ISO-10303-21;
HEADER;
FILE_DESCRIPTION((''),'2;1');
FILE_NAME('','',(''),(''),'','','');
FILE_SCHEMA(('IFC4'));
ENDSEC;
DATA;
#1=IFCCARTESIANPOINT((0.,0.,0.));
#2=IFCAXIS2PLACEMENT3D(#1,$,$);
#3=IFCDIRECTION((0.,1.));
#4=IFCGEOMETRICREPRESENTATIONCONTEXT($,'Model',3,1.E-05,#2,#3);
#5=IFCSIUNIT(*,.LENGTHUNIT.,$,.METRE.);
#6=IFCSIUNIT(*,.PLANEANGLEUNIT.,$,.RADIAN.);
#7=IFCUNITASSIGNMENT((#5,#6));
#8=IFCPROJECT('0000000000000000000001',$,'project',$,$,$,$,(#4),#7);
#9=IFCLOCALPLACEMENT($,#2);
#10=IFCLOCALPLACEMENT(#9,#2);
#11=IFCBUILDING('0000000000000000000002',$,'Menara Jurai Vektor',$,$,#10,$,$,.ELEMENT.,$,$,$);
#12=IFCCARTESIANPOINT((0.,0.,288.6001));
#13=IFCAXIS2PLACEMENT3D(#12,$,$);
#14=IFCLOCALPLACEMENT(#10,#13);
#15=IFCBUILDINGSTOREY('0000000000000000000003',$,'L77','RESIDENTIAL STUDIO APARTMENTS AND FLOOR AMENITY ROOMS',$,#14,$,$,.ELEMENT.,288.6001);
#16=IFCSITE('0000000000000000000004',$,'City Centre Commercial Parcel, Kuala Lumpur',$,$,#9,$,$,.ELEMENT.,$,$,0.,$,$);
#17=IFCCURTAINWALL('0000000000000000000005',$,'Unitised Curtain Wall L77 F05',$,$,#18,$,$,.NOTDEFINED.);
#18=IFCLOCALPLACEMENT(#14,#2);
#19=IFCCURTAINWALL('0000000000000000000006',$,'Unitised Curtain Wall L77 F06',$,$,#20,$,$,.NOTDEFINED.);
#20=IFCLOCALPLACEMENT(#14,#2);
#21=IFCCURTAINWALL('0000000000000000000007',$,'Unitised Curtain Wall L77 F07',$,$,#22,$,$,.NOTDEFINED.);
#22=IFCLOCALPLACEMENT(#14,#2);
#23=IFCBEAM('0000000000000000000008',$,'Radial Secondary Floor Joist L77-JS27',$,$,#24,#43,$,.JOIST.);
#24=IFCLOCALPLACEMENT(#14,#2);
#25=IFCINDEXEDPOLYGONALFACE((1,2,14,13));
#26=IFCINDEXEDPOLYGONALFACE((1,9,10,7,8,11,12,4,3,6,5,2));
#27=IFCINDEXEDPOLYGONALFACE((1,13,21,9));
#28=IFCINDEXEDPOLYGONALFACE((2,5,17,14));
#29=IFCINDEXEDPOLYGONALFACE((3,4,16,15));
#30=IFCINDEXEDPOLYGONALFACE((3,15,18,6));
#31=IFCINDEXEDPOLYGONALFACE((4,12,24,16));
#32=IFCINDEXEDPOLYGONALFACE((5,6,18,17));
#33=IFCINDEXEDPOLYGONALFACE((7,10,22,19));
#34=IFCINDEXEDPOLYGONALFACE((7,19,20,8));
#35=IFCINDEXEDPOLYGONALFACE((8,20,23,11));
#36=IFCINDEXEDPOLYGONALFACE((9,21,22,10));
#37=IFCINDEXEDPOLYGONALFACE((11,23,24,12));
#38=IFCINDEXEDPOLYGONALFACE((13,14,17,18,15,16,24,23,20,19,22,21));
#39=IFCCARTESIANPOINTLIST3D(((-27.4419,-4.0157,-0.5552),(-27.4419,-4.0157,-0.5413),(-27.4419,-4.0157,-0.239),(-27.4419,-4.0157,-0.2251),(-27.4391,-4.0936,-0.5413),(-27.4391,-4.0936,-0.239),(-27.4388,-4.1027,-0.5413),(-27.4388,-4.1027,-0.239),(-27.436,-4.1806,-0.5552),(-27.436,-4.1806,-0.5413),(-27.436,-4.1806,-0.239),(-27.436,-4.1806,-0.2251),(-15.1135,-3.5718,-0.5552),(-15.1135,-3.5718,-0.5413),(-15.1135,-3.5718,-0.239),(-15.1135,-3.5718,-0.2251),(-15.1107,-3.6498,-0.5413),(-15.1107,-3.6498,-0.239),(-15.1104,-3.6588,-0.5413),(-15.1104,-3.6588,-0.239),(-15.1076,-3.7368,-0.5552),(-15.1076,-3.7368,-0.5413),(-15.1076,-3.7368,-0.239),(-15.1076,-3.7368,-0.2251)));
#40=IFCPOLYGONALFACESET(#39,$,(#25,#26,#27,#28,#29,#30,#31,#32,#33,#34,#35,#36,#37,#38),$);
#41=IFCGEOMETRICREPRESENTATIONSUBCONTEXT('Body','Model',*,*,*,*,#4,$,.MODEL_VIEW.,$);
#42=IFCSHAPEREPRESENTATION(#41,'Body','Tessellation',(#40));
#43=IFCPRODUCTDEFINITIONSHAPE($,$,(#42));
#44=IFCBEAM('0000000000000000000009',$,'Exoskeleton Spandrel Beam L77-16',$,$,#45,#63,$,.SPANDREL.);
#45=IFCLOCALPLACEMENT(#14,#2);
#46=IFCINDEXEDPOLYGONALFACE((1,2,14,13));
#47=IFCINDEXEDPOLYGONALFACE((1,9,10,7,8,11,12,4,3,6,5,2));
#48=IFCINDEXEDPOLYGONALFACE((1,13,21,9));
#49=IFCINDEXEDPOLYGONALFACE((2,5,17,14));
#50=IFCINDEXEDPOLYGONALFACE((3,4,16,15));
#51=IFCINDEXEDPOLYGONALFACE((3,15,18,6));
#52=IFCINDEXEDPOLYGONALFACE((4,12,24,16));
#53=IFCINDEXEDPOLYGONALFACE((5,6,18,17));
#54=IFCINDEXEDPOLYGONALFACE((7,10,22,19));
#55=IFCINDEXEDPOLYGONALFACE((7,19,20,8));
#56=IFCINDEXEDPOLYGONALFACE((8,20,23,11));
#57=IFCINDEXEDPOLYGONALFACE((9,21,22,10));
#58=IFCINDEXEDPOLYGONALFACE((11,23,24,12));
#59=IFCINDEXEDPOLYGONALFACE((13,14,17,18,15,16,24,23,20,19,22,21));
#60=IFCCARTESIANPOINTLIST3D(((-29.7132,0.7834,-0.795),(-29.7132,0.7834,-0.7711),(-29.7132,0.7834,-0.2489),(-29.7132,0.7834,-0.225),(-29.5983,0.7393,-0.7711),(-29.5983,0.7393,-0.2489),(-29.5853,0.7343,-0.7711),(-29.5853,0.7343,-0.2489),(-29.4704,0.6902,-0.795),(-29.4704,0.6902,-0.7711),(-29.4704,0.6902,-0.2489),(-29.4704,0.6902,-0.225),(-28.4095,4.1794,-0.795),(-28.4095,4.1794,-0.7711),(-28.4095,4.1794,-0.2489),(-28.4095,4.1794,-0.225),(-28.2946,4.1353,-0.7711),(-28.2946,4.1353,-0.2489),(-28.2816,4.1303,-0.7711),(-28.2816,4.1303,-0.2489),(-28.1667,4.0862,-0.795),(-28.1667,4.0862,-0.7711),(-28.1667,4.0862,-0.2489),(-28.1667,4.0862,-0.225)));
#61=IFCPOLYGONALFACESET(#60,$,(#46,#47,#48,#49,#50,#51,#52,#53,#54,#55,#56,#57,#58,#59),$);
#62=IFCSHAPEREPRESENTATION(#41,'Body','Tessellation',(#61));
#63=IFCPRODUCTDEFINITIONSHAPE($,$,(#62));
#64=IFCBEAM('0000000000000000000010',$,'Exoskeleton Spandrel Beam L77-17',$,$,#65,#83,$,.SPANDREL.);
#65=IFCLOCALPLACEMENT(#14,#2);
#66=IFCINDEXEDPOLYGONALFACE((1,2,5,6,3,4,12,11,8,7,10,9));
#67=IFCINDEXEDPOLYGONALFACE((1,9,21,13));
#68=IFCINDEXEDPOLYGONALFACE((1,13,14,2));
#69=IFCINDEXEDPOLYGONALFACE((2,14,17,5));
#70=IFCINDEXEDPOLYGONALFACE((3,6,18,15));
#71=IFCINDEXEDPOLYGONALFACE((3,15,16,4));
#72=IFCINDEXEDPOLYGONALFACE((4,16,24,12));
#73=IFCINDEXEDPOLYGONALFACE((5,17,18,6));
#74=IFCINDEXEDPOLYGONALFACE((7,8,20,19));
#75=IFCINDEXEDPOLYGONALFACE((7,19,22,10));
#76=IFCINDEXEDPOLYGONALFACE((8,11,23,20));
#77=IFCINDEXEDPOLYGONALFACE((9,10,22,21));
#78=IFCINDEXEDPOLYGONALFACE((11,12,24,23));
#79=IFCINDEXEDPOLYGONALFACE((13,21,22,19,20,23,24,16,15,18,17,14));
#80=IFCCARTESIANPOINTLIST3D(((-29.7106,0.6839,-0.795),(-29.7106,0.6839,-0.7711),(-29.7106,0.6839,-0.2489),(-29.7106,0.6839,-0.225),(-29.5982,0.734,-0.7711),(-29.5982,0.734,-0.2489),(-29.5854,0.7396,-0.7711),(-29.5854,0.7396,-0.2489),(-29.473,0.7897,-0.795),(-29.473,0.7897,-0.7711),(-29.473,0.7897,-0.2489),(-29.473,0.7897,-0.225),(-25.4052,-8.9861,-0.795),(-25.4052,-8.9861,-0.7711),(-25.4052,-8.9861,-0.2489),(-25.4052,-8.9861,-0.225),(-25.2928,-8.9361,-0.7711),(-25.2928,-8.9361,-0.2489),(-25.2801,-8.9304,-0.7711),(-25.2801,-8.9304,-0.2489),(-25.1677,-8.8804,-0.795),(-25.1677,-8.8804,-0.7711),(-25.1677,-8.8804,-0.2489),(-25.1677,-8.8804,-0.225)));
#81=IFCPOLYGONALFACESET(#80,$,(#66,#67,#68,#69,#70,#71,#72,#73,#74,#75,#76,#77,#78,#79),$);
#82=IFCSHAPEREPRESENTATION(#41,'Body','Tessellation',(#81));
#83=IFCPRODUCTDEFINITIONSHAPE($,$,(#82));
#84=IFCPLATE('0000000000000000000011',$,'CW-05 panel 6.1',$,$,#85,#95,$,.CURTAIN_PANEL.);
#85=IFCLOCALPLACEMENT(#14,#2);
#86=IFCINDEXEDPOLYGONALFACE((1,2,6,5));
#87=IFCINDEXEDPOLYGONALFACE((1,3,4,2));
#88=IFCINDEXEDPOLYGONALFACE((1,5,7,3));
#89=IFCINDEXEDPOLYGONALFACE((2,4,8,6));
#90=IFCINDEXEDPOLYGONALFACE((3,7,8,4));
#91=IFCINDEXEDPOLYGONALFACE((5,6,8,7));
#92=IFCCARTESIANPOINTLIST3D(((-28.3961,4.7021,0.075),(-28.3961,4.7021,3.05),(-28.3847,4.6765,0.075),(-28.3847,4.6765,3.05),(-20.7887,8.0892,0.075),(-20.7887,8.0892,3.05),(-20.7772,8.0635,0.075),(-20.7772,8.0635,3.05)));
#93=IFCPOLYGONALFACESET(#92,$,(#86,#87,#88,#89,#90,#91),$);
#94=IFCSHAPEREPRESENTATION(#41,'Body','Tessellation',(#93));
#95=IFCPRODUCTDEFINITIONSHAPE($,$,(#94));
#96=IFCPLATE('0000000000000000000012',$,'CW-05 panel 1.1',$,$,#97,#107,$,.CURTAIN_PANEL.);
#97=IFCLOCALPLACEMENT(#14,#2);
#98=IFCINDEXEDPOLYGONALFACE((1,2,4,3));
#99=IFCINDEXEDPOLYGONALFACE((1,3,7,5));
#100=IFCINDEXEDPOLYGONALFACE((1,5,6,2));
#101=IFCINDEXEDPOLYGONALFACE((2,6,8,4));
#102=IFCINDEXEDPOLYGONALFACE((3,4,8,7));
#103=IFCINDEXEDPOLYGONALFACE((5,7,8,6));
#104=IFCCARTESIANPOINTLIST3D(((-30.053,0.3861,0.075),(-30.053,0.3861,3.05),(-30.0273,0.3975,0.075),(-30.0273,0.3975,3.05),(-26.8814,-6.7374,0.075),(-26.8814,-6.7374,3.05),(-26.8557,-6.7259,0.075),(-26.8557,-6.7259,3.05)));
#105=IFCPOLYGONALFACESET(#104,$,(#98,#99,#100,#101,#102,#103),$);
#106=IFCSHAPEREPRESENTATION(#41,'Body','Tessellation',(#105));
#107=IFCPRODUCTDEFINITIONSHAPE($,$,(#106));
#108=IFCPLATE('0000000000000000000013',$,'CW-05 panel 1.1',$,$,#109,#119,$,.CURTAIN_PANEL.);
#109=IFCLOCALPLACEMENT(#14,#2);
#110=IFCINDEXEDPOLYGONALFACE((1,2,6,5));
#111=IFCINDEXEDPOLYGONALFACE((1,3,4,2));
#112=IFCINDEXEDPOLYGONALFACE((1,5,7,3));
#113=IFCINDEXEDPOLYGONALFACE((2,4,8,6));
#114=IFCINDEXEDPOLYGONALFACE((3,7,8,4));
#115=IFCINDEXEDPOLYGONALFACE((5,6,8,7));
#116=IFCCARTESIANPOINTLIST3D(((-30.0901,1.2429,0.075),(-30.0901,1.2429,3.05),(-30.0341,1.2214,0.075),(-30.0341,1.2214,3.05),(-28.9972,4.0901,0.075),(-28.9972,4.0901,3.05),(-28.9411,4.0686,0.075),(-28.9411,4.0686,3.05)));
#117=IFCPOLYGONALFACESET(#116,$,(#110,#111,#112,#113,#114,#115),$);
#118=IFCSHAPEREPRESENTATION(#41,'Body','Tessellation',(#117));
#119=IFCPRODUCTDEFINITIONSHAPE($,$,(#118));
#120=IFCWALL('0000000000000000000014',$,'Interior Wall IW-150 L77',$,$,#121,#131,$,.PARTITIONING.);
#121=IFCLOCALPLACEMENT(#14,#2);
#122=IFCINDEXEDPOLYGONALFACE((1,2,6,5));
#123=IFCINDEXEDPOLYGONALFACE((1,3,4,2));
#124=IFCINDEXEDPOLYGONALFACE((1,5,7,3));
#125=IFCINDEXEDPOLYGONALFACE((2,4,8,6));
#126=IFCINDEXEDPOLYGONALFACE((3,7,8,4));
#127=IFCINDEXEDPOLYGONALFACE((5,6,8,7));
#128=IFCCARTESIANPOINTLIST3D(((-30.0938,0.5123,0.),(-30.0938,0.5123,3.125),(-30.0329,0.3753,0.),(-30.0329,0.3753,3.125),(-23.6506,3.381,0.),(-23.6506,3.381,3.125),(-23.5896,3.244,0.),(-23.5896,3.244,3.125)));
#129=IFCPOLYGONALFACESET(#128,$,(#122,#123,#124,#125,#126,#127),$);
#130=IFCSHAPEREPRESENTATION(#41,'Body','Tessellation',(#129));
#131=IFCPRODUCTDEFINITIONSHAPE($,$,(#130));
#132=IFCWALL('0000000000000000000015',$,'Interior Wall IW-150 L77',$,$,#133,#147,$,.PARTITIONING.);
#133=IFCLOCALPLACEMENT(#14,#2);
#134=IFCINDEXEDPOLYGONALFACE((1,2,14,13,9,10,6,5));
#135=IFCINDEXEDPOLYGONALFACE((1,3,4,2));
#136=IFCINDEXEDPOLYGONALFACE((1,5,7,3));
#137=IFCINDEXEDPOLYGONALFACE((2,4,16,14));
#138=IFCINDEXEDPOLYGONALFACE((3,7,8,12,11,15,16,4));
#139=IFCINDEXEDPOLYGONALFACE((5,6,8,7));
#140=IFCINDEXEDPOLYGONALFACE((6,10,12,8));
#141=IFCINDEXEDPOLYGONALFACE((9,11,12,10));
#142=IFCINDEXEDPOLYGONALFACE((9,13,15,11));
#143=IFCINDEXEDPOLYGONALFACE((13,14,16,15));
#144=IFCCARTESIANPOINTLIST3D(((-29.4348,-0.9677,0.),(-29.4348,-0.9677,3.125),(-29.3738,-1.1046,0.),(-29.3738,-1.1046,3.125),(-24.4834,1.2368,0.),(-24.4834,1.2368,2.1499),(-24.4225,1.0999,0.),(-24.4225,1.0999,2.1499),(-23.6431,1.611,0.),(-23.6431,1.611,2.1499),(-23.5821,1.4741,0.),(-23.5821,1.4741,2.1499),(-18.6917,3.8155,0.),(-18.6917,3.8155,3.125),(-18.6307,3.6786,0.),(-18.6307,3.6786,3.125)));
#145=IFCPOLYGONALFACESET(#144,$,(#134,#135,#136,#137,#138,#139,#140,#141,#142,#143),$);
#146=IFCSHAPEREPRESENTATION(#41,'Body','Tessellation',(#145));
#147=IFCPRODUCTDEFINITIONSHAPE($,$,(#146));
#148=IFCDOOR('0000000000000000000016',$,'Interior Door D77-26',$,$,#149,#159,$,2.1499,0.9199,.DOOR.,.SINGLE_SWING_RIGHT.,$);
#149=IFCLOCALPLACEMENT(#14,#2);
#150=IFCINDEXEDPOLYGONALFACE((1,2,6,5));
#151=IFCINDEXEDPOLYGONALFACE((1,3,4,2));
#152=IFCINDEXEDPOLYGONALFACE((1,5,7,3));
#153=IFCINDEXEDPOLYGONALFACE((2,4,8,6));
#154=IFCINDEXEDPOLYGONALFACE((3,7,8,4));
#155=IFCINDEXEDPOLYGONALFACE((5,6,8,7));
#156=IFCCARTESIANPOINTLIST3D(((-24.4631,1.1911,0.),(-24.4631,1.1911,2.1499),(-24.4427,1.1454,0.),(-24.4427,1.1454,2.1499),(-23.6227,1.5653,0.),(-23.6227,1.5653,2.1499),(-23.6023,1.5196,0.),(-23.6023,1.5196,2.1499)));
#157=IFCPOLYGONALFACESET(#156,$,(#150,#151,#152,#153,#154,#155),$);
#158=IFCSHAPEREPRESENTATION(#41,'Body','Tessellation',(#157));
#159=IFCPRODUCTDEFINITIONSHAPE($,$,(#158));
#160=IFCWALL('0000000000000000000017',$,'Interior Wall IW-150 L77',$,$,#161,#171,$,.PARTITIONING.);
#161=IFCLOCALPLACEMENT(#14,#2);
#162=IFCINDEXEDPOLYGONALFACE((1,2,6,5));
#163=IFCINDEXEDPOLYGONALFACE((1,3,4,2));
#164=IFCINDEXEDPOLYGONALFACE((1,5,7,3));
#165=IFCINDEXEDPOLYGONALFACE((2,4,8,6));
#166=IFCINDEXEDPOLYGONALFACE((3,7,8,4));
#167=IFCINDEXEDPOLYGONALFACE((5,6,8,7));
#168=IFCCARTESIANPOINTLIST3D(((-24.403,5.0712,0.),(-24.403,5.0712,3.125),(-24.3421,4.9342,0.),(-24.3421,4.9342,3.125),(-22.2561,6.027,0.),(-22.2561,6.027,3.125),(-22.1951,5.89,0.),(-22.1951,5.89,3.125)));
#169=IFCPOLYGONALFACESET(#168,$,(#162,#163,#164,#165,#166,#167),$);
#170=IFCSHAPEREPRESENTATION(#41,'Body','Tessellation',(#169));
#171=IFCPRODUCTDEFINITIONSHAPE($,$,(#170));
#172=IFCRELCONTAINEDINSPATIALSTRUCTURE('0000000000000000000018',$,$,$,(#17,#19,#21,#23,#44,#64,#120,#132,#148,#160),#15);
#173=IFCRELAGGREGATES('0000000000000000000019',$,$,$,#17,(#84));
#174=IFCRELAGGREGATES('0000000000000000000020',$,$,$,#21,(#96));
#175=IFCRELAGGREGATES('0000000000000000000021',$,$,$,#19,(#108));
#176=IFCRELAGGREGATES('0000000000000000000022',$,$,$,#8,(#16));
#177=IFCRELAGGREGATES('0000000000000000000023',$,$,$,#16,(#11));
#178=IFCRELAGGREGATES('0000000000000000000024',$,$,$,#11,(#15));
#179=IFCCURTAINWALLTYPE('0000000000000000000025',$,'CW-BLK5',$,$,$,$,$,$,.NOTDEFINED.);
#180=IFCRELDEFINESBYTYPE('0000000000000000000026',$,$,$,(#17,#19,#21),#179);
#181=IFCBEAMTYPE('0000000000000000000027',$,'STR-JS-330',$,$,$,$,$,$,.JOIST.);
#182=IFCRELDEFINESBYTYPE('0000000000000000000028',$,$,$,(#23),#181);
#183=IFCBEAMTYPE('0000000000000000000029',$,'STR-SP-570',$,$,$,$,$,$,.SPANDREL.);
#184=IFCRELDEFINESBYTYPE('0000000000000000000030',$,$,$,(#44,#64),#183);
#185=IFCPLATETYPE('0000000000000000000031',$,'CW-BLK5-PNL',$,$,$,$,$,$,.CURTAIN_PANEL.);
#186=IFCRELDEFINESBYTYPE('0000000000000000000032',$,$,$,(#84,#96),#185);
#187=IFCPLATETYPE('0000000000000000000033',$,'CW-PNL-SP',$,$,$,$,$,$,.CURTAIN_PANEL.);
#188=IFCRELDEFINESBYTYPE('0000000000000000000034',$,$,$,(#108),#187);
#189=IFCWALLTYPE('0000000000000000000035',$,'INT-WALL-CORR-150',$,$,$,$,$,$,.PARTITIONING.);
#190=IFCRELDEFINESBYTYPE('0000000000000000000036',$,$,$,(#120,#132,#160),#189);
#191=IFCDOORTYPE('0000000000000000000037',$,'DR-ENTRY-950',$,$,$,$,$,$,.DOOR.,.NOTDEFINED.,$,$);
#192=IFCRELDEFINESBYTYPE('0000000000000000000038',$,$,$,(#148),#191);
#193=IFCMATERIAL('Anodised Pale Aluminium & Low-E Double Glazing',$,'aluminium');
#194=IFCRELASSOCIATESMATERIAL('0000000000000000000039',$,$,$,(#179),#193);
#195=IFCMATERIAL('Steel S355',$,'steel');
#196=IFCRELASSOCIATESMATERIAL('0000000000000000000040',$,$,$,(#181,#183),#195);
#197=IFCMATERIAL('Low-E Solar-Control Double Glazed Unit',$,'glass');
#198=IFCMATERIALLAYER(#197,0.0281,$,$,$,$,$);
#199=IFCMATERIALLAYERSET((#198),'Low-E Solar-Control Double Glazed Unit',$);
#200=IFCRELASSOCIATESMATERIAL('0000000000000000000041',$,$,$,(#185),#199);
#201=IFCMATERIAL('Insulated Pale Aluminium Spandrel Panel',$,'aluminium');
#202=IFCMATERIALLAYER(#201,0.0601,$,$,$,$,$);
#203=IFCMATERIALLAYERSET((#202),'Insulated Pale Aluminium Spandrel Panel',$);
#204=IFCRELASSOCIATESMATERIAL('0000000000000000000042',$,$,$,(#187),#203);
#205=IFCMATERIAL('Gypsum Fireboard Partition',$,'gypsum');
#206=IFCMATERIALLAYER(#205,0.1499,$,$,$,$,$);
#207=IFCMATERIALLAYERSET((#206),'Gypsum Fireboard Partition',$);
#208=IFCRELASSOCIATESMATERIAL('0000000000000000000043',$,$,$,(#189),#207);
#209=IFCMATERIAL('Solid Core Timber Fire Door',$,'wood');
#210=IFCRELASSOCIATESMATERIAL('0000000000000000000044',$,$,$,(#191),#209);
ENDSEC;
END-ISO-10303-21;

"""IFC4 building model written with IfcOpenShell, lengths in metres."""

from ifc_helpers import new_model, si_unit, direction, frame, frame_2d, origin, origin_2d, place, context, subcontext, project, spatial, rectangle, i_section, extrude, material, layer, layer_set, material_profile, profile_set, type_object, element, fill, aggregate, save


model = new_model("IFC4")

# Units and contexts
model_context = context("Model", 3, precision=1e-05, world=origin(), true_north=direction((0.0, 1.0)))
body_context = subcontext(model_context, "Body", "Model", "MODEL_VIEW")
ifc_project = project(units=[si_unit("LENGTHUNIT", "METRE"), si_unit("PLANEANGLEUNIT", "RADIAN")], contexts=[model_context])

# Site, building, storey
site_placement = place(None, origin())
site = spatial("IfcSite", under=ifc_project, at=site_placement, Name="City Centre Commercial Parcel, Kuala Lumpur", CompositionType="ELEMENT", RefElevation=0.0)
building_placement = place(site_placement, origin())
building = spatial("IfcBuilding", under=site, at=building_placement, Name="Menara Jurai Vektor", CompositionType="ELEMENT")
storey_placement = place(building_placement, frame((0.0, 0.0, 288.6001)))
storey = spatial("IfcBuildingStorey", under=building, at=storey_placement, Name="L77", Description="RESIDENTIAL STUDIO APARTMENTS AND FLOOR AMENITY ROOMS", CompositionType="ELEMENT", Elevation=288.6001)

# Curtain wall
ifc_material_1 = material(Name="Anodised Pale Aluminium & Low-E Double Glazing", Category="aluminium")
curtain_wall_type = type_object("IfcCurtainWallType", Name="CW-BLK5", PredefinedType="NOTDEFINED", material=ifc_material_1)
curtain_wall_1_placement = place(storey_placement, origin())
curtain_wall_1 = element("IfcCurtainWall", 1, at=curtain_wall_1_placement, inside=storey, type_object=curtain_wall_type, Name="Unitised Curtain Wall L77 F05", PredefinedType="NOTDEFINED")

# Curtain wall
curtain_wall_2_placement = place(storey_placement, origin())
curtain_wall_2 = element("IfcCurtainWall", 2, at=curtain_wall_2_placement, inside=storey, type_object=curtain_wall_type, Name="Unitised Curtain Wall L77 F06", PredefinedType="NOTDEFINED")

# Curtain wall
curtain_wall_3_placement = place(storey_placement, origin())
curtain_wall_3 = element("IfcCurtainWall", 3, at=curtain_wall_3_placement, inside=storey, type_object=curtain_wall_type, Name="Unitised Curtain Wall L77 F07", PredefinedType="NOTDEFINED")

# Shared definitions
ifc_material_2 = material(Name="Steel S355", Category="steel")

# Beams
ifc_material_profile_1 = material_profile(ifc_material_2, i_section(OverallWidth=0.165, OverallDepth=0.3301, WebThickness=0.009, FlangeThickness=0.0139, at=origin_2d()), Name="PG 330x165x46")
ifc_profile_set_1 = profile_set([ifc_material_profile_1], Name="Steel S355")
beam_type_1 = type_object("IfcBeamType", Name="STR-JS-330", PredefinedType="JOIST", material=ifc_profile_set_1)
beam_1_placement = place(storey_placement, frame((-27.439, -4.0981, -0.3901), z_axis=(0.999353, 0.035979, 0.0), x_axis=(-0.035979, 0.999353, 0.0)))
element("IfcBeam", 4, at=beam_1_placement, inside=storey, type_object=beam_type_1, Name="Radial Secondary Floor Joist L77-JS27", PredefinedType="JOIST", context=body_context, shape_type="SweptSolid", body=[
    extrude(i_section(OverallWidth=0.165, OverallDepth=0.3301, WebThickness=0.009, FlangeThickness=0.0139, at=origin_2d()), origin(), (0.0, 0.0, 1.0), 12.3364),
])
ifc_material_profile_2 = material_profile(ifc_material_2, i_section(OverallWidth=0.26, OverallDepth=0.5701, WebThickness=0.0139, FlangeThickness=0.0239, at=origin_2d()), Name="PG 570x260x145")
ifc_profile_set_2 = profile_set([ifc_material_profile_2], Name="Steel S355")
beam_type_2 = type_object("IfcBeamType", Name="STR-SP-570", PredefinedType="SPANDREL", material=ifc_profile_set_2)
beam_2_placement = place(storey_placement, frame((-28.2881, 4.1328, -0.51), z_axis=(-0.358394, -0.93357, 0.0), x_axis=(0.93357, -0.358394, 0.0)))
element("IfcBeam", 5, at=beam_2_placement, inside=storey, type_object=beam_type_2, Name="Exoskeleton Spandrel Beam L77-16", PredefinedType="SPANDREL", context=body_context, shape_type="SweptSolid", body=[
    extrude(i_section(OverallWidth=0.26, OverallDepth=0.5701, WebThickness=0.0139, FlangeThickness=0.0239, at=origin_2d()), origin(), (0.0, 0.0, 1.0), 3.6377),
])
beam_3_placement = place(storey_placement, frame((-29.5918, 0.7368, -0.51), z_axis=(0.406735, -0.913546, 0.0), x_axis=(0.913546, 0.406735, 0.0)))
element("IfcBeam", 6, at=beam_3_placement, inside=storey, type_object=beam_type_2, Name="Exoskeleton Spandrel Beam L77-17", PredefinedType="SPANDREL", context=body_context, shape_type="SweptSolid", body=[
    extrude(i_section(OverallWidth=0.26, OverallDepth=0.5701, WebThickness=0.0139, FlangeThickness=0.0239, at=origin_2d()), origin(), (0.0, 0.0, 1.0), 10.5852),
])

# Plates
ifc_material_3 = material(Name="Low-E Solar-Control Double Glazed Unit", Category="glass")
ifc_layer_1 = layer(ifc_material_3, 0.0281)
ifc_layer_set_1 = layer_set([ifc_layer_1], Name="Low-E Solar-Control Double Glazed Unit")
plate_type_1 = type_object("IfcPlateType", Name="CW-BLK5-PNL", PredefinedType="CURTAIN_PANEL", material=ifc_layer_set_1)
plate_1_placement = place(storey_placement, frame((-24.5867, 6.3828, 0.075), z_axis=(0.0, 0.0, 1.0), x_axis=(-0.913546, -0.406735, 0.0)))
plate_1 = element("IfcPlate", 7, at=plate_1_placement, type_object=plate_type_1, Name="CW-05 panel 6.1", PredefinedType="CURTAIN_PANEL", context=body_context, shape_type="SweptSolid", body=[
    extrude(rectangle(XDim=8.3274, YDim=0.0281, at=origin_2d()), origin(), (0.0, 0.0, 1.0), 2.9751),
])
aggregate(curtain_wall_1, [plate_1])
plate_2_placement = place(storey_placement, frame((-28.4543, -3.1699, 0.075), z_axis=(0.0, 0.0, 1.0), x_axis=(0.406735, -0.913546, 0.0)))
plate_2 = element("IfcPlate", 8, at=plate_2_placement, type_object=plate_type_1, Name="CW-05 panel 1.1", PredefinedType="CURTAIN_PANEL", context=body_context, shape_type="SweptSolid", body=[
    extrude(rectangle(XDim=7.7976, YDim=0.0281, at=origin_2d()), origin(), (0.0, 0.0, 1.0), 2.9751),
])
aggregate(curtain_wall_3, [plate_2])
ifc_material_4 = material(Name="Insulated Pale Aluminium Spandrel Panel", Category="aluminium")
ifc_layer_2 = layer(ifc_material_4, 0.0601)
ifc_layer_set_2 = layer_set([ifc_layer_2], Name="Insulated Pale Aluminium Spandrel Panel")
plate_type_2 = type_object("IfcPlateType", Name="CW-PNL-SP", PredefinedType="CURTAIN_PANEL", material=ifc_layer_set_2)
plate_3_placement = place(storey_placement, frame((-29.5156, 2.6558, 0.075), z_axis=(0.0, 0.0, 1.0), x_axis=(-0.358374, -0.933578, 0.0)))
plate_3 = element("IfcPlate", 9, at=plate_3_placement, type_object=plate_type_2, Name="CW-05 panel 1.1", PredefinedType="CURTAIN_PANEL", context=body_context, shape_type="SweptSolid", body=[
    extrude(rectangle(XDim=3.0498, YDim=0.0601, at=origin_2d()), origin(), (0.0, 0.0, 1.0), 2.9751),
])
aggregate(curtain_wall_2, [plate_3])

# Wall
ifc_material_5 = material(Name="Gypsum Fireboard Partition", Category="gypsum")
ifc_layer_3 = layer(ifc_material_5, 0.1499)
ifc_layer_set_3 = layer_set([ifc_layer_3], Name="Gypsum Fireboard Partition")
wall_type = type_object("IfcWallType", Name="INT-WALL-CORR-150", PredefinedType="PARTITIONING", material=ifc_layer_set_3)
wall_1_placement = place(storey_placement, frame((-30.0632, 0.4438, 0.0), z_axis=(0.0, 0.0, 1.0), x_axis=(0.913546, 0.406736, 0.0)))
element("IfcWall", 10, at=wall_1_placement, inside=storey, type_object=wall_type, Name="Interior Wall IW-150 L77", PredefinedType="PARTITIONING", context=body_context, shape_type="SweptSolid", body=[
    extrude(rectangle(XDim=7.053, YDim=0.1499, at=frame_2d((3.5264, 0.0))), origin(), (0.0, 0.0, 1.0), 3.125),
])

# Wall, opening, door
wall_2_placement = place(storey_placement, frame((-29.4043, -1.0361, 0.0), z_axis=(0.0, 0.0, 1.0), x_axis=(0.913544, 0.406739, 0.0)))
wall_2 = element("IfcWall", 11, at=wall_2_placement, inside=storey, type_object=wall_type, Name="Interior Wall IW-150 L77", PredefinedType="PARTITIONING", context=body_context, shape_type="SweptSolid", body=[
    extrude(rectangle(XDim=11.7598, YDim=0.1499, at=frame_2d((5.8799, 0.0))), origin(), (0.0, 0.0, 1.0), 3.125),
])
opening_placement = place(wall_2_placement, frame((5.4199, 0.0, 0.0)))
opening = element("IfcOpeningElement", 12, at=opening_placement, cuts=wall_2, PredefinedType="OPENING", context=body_context, shape_type="SweptSolid", body=[
    extrude(rectangle(XDim=0.9199, YDim=2.1499, at=frame_2d((0.46, 1.075))), frame((0.0, 0.085, 0.0), z_axis=(0.0, -1.0, 0.0), x_axis=(1.0, 0.0, 0.0)), (0.0, 0.0, 1.0), 0.1699),
])
ifc_material_6 = material(Name="Solid Core Timber Fire Door", Category="wood")
door_type = type_object("IfcDoorType", Name="DR-ENTRY-950", OperationType="NOTDEFINED", PredefinedType="DOOR", material=ifc_material_6)
door_placement = place(opening_placement, origin())
door = element("IfcDoor", 13, at=door_placement, inside=storey, type_object=door_type, Name="Interior Door D77-26", OperationType="SINGLE_SWING_RIGHT", OverallHeight=2.1499, OverallWidth=0.9199, PredefinedType="DOOR", context=body_context, shape_type="SweptSolid", body=[
    extrude(rectangle(XDim=0.9199, YDim=2.1499, at=frame_2d((0.46, 1.075))), frame((0.0, 0.0249, 0.0), z_axis=(0.0, -1.0, 0.0), x_axis=(1.0, 0.0, 0.0)), (0.0, 0.0, 1.0), 0.05),
])
fill(opening, door)

# Wall
wall_3_placement = place(storey_placement, frame((-24.3726, 5.0027, 0.0), z_axis=(0.0, 0.0, 1.0), x_axis=(0.913559, 0.406707, 0.0)))
element("IfcWall", 14, at=wall_3_placement, inside=storey, type_object=wall_type, Name="Interior Wall IW-150 L77", PredefinedType="PARTITIONING", context=body_context, shape_type="SweptSolid", body=[
    extrude(rectangle(XDim=2.3501, YDim=0.1499, at=frame_2d((1.175, 0.0))), origin(), (0.0, 0.0, 1.0), 3.125),
])

save(model, "model.ifc")
